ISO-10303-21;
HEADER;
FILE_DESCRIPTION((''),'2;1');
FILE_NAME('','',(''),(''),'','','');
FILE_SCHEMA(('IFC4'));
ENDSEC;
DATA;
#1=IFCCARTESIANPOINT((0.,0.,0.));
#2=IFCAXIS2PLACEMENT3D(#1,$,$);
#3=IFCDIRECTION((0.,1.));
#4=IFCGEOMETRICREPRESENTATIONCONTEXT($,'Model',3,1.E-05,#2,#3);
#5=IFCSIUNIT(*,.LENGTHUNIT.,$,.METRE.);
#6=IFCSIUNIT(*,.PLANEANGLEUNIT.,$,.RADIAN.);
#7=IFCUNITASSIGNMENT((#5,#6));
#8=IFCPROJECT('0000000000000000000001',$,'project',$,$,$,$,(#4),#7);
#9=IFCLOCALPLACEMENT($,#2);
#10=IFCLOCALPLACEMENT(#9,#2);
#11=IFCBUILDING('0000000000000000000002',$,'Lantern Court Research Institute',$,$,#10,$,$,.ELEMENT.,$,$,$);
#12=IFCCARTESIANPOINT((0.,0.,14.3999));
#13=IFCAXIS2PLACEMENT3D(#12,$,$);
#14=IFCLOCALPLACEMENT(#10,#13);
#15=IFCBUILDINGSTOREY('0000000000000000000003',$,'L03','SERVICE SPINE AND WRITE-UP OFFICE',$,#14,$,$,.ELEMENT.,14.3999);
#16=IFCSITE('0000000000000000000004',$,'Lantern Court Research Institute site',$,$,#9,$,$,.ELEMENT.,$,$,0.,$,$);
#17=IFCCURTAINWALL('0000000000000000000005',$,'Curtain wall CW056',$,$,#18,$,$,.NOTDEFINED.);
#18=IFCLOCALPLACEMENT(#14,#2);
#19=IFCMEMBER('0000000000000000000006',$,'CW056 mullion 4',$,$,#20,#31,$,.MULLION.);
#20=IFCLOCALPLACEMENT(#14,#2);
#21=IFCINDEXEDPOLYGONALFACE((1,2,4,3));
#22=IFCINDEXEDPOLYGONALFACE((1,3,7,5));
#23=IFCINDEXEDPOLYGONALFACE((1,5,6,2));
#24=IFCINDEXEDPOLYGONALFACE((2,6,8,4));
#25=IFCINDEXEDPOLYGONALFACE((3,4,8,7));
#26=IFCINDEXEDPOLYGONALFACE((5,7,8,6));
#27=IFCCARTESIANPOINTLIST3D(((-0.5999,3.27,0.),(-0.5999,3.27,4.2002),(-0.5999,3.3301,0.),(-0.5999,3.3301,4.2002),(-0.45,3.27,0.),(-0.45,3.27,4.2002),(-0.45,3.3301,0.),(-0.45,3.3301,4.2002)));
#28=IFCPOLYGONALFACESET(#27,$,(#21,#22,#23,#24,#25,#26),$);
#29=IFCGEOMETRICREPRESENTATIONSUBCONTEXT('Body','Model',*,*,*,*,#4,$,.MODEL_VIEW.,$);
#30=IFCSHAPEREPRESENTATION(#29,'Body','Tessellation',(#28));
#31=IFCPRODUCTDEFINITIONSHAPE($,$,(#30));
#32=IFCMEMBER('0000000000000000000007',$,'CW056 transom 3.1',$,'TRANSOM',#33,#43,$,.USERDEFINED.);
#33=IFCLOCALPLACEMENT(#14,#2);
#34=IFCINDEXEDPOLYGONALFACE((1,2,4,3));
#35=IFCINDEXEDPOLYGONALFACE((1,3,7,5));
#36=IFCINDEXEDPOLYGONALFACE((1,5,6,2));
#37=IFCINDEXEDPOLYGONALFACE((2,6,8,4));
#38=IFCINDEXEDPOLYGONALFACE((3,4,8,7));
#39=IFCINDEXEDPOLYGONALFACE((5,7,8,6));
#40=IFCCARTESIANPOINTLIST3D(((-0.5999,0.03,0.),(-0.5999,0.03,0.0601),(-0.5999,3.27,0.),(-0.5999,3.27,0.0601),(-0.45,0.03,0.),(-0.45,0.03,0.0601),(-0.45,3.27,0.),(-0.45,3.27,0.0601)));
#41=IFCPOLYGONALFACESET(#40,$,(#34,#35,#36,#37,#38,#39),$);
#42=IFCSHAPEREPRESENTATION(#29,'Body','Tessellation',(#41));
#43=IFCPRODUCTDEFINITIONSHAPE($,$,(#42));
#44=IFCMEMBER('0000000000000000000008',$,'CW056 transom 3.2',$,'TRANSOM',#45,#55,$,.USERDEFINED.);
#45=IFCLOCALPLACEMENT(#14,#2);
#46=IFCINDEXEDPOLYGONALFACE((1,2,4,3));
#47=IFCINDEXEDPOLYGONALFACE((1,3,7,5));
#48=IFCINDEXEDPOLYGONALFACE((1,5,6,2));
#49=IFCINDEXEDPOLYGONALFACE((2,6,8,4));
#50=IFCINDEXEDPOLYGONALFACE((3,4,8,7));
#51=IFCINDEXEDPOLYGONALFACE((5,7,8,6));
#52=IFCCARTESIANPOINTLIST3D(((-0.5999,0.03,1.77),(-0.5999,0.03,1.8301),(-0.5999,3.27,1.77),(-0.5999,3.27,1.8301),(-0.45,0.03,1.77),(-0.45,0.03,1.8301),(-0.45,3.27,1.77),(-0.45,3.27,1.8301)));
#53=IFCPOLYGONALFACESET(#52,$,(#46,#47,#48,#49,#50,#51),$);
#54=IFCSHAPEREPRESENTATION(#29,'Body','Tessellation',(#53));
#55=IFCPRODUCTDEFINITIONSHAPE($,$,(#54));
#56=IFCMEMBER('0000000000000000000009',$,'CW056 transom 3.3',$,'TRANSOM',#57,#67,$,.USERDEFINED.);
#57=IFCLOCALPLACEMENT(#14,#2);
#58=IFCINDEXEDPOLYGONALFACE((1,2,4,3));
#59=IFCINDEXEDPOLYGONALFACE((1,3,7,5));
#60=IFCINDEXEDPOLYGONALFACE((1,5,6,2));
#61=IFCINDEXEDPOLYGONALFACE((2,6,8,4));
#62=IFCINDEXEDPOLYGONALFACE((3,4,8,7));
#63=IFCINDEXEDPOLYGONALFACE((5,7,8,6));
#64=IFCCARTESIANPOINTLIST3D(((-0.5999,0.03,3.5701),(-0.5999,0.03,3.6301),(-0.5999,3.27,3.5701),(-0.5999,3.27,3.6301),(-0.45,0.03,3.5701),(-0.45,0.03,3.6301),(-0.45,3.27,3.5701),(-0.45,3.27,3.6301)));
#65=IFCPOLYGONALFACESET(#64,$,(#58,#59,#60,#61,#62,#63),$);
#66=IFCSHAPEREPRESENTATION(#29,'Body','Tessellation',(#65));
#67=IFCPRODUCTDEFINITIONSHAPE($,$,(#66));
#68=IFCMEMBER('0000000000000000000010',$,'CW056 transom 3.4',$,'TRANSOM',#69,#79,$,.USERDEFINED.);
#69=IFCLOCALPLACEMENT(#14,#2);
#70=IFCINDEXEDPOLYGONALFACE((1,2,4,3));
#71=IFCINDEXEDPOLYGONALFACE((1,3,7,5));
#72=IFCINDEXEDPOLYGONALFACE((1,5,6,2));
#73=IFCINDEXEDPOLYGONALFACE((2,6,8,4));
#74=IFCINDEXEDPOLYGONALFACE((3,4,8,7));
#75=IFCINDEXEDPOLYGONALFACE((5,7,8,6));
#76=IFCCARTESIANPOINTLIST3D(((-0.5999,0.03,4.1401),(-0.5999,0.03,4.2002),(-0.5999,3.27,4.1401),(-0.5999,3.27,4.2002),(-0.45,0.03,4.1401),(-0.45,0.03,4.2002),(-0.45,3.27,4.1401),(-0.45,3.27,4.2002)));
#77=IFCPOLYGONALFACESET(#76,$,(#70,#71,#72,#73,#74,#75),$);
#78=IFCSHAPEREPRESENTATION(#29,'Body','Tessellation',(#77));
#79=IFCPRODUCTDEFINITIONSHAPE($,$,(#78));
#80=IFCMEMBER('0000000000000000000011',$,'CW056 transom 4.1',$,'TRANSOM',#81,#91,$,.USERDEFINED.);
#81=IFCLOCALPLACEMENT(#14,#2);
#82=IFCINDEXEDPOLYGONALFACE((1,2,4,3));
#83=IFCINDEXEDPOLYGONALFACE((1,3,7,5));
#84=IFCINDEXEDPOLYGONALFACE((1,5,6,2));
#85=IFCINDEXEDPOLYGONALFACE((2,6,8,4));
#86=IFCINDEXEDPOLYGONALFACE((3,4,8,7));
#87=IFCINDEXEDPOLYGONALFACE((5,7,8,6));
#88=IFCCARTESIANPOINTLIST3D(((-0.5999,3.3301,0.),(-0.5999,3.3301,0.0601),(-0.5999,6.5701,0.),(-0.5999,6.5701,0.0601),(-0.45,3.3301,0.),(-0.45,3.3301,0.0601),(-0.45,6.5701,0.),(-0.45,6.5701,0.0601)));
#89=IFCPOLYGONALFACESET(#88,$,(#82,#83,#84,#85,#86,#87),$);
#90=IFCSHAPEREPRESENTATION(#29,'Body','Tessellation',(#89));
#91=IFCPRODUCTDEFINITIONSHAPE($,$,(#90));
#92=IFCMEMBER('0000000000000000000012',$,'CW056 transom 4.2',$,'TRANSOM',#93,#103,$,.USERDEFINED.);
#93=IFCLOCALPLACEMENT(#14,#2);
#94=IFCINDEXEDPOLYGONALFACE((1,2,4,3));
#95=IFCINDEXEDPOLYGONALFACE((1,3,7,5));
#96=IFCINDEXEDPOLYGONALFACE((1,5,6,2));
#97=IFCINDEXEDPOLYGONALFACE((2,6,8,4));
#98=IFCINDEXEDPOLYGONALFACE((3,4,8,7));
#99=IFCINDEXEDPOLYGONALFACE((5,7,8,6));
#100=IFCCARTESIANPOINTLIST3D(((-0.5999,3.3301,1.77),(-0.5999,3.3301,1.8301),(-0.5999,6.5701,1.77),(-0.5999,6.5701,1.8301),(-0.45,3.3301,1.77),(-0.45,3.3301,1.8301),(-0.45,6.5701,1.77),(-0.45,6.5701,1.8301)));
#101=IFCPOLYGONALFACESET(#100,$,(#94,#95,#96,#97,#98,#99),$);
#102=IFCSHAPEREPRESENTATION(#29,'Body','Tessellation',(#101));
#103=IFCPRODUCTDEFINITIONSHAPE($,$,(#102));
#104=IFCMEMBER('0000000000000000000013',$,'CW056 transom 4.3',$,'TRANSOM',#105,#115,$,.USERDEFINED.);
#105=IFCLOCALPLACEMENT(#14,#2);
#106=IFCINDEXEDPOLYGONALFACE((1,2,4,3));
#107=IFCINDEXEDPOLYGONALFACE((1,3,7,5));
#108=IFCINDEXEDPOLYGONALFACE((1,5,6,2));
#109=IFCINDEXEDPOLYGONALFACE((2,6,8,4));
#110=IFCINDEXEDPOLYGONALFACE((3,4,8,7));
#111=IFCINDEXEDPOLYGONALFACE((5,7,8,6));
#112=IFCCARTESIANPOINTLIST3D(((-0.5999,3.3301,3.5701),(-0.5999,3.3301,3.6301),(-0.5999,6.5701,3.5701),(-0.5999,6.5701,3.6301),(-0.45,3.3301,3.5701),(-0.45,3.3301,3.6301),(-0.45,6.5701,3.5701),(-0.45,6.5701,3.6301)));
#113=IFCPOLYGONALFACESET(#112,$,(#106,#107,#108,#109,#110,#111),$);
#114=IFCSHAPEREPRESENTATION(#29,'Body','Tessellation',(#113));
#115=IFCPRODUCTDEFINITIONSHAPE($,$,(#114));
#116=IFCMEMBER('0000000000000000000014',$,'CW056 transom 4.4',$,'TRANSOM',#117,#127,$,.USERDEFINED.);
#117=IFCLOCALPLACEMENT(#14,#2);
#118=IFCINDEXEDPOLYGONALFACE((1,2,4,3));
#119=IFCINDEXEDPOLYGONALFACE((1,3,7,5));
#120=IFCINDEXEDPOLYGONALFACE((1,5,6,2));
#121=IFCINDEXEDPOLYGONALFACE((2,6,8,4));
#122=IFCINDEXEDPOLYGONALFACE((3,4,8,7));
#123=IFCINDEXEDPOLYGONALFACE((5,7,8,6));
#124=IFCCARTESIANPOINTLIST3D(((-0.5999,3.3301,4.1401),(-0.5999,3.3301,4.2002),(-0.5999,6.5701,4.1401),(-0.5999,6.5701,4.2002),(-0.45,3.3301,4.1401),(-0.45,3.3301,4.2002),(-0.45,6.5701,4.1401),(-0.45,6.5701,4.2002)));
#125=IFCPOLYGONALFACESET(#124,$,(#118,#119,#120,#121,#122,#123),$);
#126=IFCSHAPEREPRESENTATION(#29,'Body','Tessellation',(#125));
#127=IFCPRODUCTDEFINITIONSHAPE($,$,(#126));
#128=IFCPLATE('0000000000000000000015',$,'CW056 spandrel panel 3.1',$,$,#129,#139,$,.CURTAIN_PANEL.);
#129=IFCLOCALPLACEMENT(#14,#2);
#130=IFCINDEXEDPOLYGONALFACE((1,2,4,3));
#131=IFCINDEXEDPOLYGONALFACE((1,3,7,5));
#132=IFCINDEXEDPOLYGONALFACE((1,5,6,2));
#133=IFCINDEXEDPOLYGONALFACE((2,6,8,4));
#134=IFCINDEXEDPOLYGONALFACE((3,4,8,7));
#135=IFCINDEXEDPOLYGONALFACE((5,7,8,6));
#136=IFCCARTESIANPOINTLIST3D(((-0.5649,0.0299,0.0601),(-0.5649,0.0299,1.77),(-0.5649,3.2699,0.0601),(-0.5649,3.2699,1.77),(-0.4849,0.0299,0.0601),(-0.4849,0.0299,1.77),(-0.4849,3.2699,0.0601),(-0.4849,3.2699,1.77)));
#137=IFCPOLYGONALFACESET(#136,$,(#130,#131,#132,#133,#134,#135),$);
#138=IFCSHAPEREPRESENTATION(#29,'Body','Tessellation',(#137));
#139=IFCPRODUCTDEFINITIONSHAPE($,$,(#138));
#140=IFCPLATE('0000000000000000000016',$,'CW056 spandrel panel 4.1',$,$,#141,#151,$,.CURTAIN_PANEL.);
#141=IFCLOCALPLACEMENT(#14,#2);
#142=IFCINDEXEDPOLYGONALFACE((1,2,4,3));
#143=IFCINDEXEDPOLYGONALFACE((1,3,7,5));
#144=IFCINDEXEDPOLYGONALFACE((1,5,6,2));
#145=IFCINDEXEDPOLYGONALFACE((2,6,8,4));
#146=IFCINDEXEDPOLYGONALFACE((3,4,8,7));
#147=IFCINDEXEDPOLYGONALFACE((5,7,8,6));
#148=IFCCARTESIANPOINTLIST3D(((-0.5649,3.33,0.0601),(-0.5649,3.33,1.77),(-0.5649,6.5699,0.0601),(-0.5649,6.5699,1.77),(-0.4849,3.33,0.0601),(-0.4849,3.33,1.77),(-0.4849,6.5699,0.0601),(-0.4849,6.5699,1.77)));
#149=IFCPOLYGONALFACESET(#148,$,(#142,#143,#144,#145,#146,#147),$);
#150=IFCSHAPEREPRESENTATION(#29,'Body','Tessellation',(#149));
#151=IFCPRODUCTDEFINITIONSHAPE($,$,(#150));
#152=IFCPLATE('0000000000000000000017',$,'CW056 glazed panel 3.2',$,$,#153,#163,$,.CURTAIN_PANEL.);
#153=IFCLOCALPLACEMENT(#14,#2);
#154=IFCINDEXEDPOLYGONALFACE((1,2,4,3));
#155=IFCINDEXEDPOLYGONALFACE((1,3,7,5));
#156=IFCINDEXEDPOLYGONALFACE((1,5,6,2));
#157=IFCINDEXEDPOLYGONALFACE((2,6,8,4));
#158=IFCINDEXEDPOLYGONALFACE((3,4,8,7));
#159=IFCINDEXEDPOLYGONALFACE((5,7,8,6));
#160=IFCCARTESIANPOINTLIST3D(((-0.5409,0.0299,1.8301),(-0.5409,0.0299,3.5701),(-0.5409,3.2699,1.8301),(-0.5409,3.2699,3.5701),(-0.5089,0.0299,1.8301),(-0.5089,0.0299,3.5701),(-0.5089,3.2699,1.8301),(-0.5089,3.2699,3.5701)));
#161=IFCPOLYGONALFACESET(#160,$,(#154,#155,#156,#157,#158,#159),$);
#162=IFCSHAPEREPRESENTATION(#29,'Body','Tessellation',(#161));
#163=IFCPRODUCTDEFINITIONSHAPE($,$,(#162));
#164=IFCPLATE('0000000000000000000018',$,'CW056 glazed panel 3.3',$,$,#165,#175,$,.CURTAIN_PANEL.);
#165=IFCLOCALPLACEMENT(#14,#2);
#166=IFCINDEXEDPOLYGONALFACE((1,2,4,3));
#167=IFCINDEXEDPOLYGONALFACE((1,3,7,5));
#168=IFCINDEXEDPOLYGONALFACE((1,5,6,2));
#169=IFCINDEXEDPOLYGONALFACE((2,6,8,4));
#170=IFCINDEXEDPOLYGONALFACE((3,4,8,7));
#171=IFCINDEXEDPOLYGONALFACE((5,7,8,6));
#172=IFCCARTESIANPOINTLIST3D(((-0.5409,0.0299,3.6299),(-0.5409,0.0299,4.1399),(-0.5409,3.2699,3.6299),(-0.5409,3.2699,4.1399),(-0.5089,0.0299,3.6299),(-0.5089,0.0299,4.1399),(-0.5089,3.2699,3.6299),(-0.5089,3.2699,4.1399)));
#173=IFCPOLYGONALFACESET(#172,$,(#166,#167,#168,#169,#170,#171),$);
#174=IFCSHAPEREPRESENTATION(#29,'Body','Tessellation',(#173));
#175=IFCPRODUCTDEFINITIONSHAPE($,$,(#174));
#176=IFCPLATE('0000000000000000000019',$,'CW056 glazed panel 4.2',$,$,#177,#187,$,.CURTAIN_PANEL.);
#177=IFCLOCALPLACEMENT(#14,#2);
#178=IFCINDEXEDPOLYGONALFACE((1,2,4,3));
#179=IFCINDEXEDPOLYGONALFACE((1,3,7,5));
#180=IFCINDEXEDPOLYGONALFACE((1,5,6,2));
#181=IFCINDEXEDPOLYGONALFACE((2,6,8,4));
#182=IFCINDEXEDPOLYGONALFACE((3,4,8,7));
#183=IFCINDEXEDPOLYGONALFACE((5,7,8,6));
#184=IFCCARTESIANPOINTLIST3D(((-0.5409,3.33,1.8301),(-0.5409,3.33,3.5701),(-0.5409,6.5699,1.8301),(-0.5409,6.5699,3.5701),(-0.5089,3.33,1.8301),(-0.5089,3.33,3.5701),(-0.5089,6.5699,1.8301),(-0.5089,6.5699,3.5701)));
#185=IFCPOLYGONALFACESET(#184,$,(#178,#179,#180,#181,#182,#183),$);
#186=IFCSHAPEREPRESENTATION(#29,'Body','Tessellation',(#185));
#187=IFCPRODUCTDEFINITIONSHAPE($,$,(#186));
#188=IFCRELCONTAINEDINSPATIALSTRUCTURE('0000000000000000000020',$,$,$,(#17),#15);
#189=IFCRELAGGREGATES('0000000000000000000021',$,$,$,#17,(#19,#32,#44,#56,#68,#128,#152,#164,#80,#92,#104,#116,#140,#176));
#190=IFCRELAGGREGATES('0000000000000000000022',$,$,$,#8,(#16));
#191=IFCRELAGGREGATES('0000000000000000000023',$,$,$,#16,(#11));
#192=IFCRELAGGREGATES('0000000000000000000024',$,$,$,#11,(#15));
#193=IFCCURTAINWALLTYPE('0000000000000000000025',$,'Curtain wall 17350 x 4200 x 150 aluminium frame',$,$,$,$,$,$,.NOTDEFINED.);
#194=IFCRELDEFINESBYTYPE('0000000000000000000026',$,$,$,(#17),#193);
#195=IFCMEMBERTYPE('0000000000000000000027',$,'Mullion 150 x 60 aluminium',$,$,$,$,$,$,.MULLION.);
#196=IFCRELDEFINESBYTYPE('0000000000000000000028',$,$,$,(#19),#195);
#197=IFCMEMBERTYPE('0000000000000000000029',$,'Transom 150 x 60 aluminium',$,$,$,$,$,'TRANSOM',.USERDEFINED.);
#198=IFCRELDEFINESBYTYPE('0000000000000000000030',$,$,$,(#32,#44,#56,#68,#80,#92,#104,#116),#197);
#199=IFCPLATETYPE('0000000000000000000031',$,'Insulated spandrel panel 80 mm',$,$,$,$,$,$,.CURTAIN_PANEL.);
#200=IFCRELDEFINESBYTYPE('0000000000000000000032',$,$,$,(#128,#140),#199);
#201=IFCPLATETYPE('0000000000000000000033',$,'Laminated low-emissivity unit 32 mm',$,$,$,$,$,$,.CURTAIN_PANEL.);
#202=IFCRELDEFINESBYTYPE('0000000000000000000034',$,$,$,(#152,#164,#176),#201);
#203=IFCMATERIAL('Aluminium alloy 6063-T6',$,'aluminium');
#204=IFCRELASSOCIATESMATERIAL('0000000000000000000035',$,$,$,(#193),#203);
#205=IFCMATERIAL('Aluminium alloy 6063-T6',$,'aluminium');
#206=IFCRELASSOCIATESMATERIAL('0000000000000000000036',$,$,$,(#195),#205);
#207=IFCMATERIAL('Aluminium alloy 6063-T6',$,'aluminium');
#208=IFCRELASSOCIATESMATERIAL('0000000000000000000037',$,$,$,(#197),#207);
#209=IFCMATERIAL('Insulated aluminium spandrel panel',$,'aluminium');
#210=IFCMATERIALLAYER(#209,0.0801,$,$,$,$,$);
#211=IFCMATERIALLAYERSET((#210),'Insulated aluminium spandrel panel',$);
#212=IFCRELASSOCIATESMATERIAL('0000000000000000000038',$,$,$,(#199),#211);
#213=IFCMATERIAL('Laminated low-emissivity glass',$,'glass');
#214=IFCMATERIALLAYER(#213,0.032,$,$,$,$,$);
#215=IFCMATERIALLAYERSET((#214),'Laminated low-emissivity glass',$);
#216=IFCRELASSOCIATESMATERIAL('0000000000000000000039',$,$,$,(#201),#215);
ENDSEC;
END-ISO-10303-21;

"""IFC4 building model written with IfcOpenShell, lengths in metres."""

from ifc_helpers import new_model, si_unit, direction, frame, origin, origin_2d, place, context, subcontext, project, spatial, rectangle, extrude, material, layer, layer_set, material_profile, profile_set, type_object, element, aggregate, save


model = new_model("IFC4")

# Units and contexts
model_context = context("Model", 3, precision=1e-05, world=origin(), true_north=direction((0.0, 1.0)))
body_context = subcontext(model_context, "Body", "Model", "MODEL_VIEW")
ifc_project = project(units=[si_unit("LENGTHUNIT", "METRE"), si_unit("PLANEANGLEUNIT", "RADIAN")], contexts=[model_context])

# Site, building, storey
site_placement = place(None, origin())
site = spatial("IfcSite", under=ifc_project, at=site_placement, Name="Lantern Court Research Institute site", CompositionType="ELEMENT", RefElevation=0.0)
building_placement = place(site_placement, origin())
building = spatial("IfcBuilding", under=site, at=building_placement, Name="Lantern Court Research Institute", CompositionType="ELEMENT")
storey_placement = place(building_placement, frame((0.0, 0.0, 14.3999)))
storey = spatial("IfcBuildingStorey", under=building, at=storey_placement, Name="L03", Description="SERVICE SPINE AND WRITE-UP OFFICE", CompositionType="ELEMENT", Elevation=14.3999)

# Curtain wall, members, plates
ifc_material_1 = material(Name="Aluminium alloy 6063-T6", Category="aluminium")
curtain_wall_type = type_object("IfcCurtainWallType", Name="Curtain wall 17350 x 4200 x 150 aluminium frame", PredefinedType="NOTDEFINED", material=ifc_material_1)
curtain_wall_placement = place(storey_placement, origin())
curtain_wall = element("IfcCurtainWall", 1, at=curtain_wall_placement, inside=storey, type_object=curtain_wall_type, Name="Curtain wall CW056", PredefinedType="NOTDEFINED")
ifc_material_2 = material(Name="Aluminium alloy 6063-T6", Category="aluminium")
ifc_material_profile_1 = material_profile(ifc_material_2, rectangle(XDim=0.1499, YDim=0.0601, at=origin_2d()), Name="Mullion 150 x 60")
ifc_profile_set_1 = profile_set([ifc_material_profile_1], Name="Aluminium alloy 6063-T6")
member_type_1 = type_object("IfcMemberType", Name="Mullion 150 x 60 aluminium", PredefinedType="MULLION", material=ifc_profile_set_1)
member_1_placement = place(storey_placement, frame((-0.5249, 3.3, 0.0), z_axis=(0.0, 0.0, 1.0), x_axis=(-1.0, 0.0, 0.0)))
member_1 = element("IfcMember", 2, at=member_1_placement, type_object=member_type_1, Name="CW056 mullion 4", PredefinedType="MULLION", context=body_context, shape_type="SweptSolid", body=[
    extrude(rectangle(XDim=0.1499, YDim=0.0601, at=origin_2d()), origin(), (0.0, 0.0, 1.0), 4.2002),
])
ifc_material_3 = material(Name="Aluminium alloy 6063-T6", Category="aluminium")
ifc_material_profile_2 = material_profile(ifc_material_3, rectangle(XDim=0.1499, YDim=0.0601, at=origin_2d()), Name="Transom 150 x 60")
ifc_profile_set_2 = profile_set([ifc_material_profile_2], Name="Aluminium alloy 6063-T6")
member_type_2 = type_object("IfcMemberType", Name="Transom 150 x 60 aluminium", ElementType="TRANSOM", PredefinedType="USERDEFINED", material=ifc_profile_set_2)
member_2_placement = place(storey_placement, frame((-0.5249, 0.03, 0.03), z_axis=(0.0, 1.0, 0.0), x_axis=(-1.0, 0.0, 0.0)))
member_2 = element("IfcMember", 3, at=member_2_placement, type_object=member_type_2, Name="CW056 transom 3.1", ObjectType="TRANSOM", PredefinedType="USERDEFINED", context=body_context, shape_type="SweptSolid", body=[
    extrude(rectangle(XDim=0.1499, YDim=0.0601, at=origin_2d()), origin(), (0.0, 0.0, 1.0), 3.24),
])
member_3_placement = place(storey_placement, frame((-0.5249, 0.03, 1.8), z_axis=(0.0, 1.0, 0.0), x_axis=(-1.0, 0.0, 0.0)))
member_3 = element("IfcMember", 4, at=member_3_placement, type_object=member_type_2, Name="CW056 transom 3.2", ObjectType="TRANSOM", PredefinedType="USERDEFINED", context=body_context, shape_type="SweptSolid", body=[
    extrude(rectangle(XDim=0.1499, YDim=0.0601, at=origin_2d()), origin(), (0.0, 0.0, 1.0), 3.24),
])
member_4_placement = place(storey_placement, frame((-0.5249, 0.03, 3.6001), z_axis=(0.0, 1.0, 0.0), x_axis=(-1.0, 0.0, 0.0)))
member_4 = element("IfcMember", 5, at=member_4_placement, type_object=member_type_2, Name="CW056 transom 3.3", ObjectType="TRANSOM", PredefinedType="USERDEFINED", context=body_context, shape_type="SweptSolid", body=[
    extrude(rectangle(XDim=0.1499, YDim=0.0601, at=origin_2d()), origin(), (0.0, 0.0, 1.0), 3.24),
])
member_5_placement = place(storey_placement, frame((-0.5249, 0.03, 4.1702), z_axis=(0.0, 1.0, 0.0), x_axis=(-1.0, 0.0, 0.0)))
member_5 = element("IfcMember", 6, at=member_5_placement, type_object=member_type_2, Name="CW056 transom 3.4", ObjectType="TRANSOM", PredefinedType="USERDEFINED", context=body_context, shape_type="SweptSolid", body=[
    extrude(rectangle(XDim=0.1499, YDim=0.0601, at=origin_2d()), origin(), (0.0, 0.0, 1.0), 3.24),
])
member_6_placement = place(storey_placement, frame((-0.5249, 3.3301, 0.03), z_axis=(0.0, 1.0, 0.0), x_axis=(-1.0, 0.0, 0.0)))
member_6 = element("IfcMember", 7, at=member_6_placement, type_object=member_type_2, Name="CW056 transom 4.1", ObjectType="TRANSOM", PredefinedType="USERDEFINED", context=body_context, shape_type="SweptSolid", body=[
    extrude(rectangle(XDim=0.1499, YDim=0.0601, at=origin_2d()), origin(), (0.0, 0.0, 1.0), 3.24),
])
member_7_placement = place(storey_placement, frame((-0.5249, 3.3301, 1.8), z_axis=(0.0, 1.0, 0.0), x_axis=(-1.0, 0.0, 0.0)))
member_7 = element("IfcMember", 8, at=member_7_placement, type_object=member_type_2, Name="CW056 transom 4.2", ObjectType="TRANSOM", PredefinedType="USERDEFINED", context=body_context, shape_type="SweptSolid", body=[
    extrude(rectangle(XDim=0.1499, YDim=0.0601, at=origin_2d()), origin(), (0.0, 0.0, 1.0), 3.24),
])
member_8_placement = place(storey_placement, frame((-0.5249, 3.3301, 3.6001), z_axis=(0.0, 1.0, 0.0), x_axis=(-1.0, 0.0, 0.0)))
member_8 = element("IfcMember", 9, at=member_8_placement, type_object=member_type_2, Name="CW056 transom 4.3", ObjectType="TRANSOM", PredefinedType="USERDEFINED", context=body_context, shape_type="SweptSolid", body=[
    extrude(rectangle(XDim=0.1499, YDim=0.0601, at=origin_2d()), origin(), (0.0, 0.0, 1.0), 3.24),
])
member_9_placement = place(storey_placement, frame((-0.5249, 3.3301, 4.1702), z_axis=(0.0, 1.0, 0.0), x_axis=(-1.0, 0.0, 0.0)))
member_9 = element("IfcMember", 10, at=member_9_placement, type_object=member_type_2, Name="CW056 transom 4.4", ObjectType="TRANSOM", PredefinedType="USERDEFINED", context=body_context, shape_type="SweptSolid", body=[
    extrude(rectangle(XDim=0.1499, YDim=0.0601, at=origin_2d()), origin(), (0.0, 0.0, 1.0), 3.24),
])
ifc_material_4 = material(Name="Insulated aluminium spandrel panel", Category="aluminium")
ifc_layer_1 = layer(ifc_material_4, 0.0801)
ifc_layer_set_1 = layer_set([ifc_layer_1], Name="Insulated aluminium spandrel panel")
plate_type_1 = type_object("IfcPlateType", Name="Insulated spandrel panel 80 mm", PredefinedType="CURTAIN_PANEL", material=ifc_layer_set_1)
plate_1_placement = place(storey_placement, frame((-0.5249, 1.6499, 0.0601), z_axis=(0.0, 0.0, 1.0), x_axis=(0.0, 1.0, 0.0)))
plate_1 = element("IfcPlate", 11, at=plate_1_placement, type_object=plate_type_1, Name="CW056 spandrel panel 3.1", PredefinedType="CURTAIN_PANEL", context=body_context, shape_type="SweptSolid", body=[
    extrude(rectangle(XDim=3.24, YDim=0.0801, at=origin_2d()), origin(), (0.0, 0.0, 1.0), 1.71),
])
plate_2_placement = place(storey_placement, frame((-0.5249, 4.95, 0.0601), z_axis=(0.0, 0.0, 1.0), x_axis=(0.0, 1.0, 0.0)))
plate_2 = element("IfcPlate", 12, at=plate_2_placement, type_object=plate_type_1, Name="CW056 spandrel panel 4.1", PredefinedType="CURTAIN_PANEL", context=body_context, shape_type="SweptSolid", body=[
    extrude(rectangle(XDim=3.24, YDim=0.0801, at=origin_2d()), origin(), (0.0, 0.0, 1.0), 1.71),
])
ifc_material_5 = material(Name="Laminated low-emissivity glass", Category="glass")
ifc_layer_2 = layer(ifc_material_5, 0.032)
ifc_layer_set_2 = layer_set([ifc_layer_2], Name="Laminated low-emissivity glass")
plate_type_2 = type_object("IfcPlateType", Name="Laminated low-emissivity unit 32 mm", PredefinedType="CURTAIN_PANEL", material=ifc_layer_set_2)
plate_3_placement = place(storey_placement, frame((-0.5249, 1.6499, 1.8301), z_axis=(0.0, 0.0, 1.0), x_axis=(0.0, 1.0, 0.0)))
plate_3 = element("IfcPlate", 13, at=plate_3_placement, type_object=plate_type_2, Name="CW056 glazed panel 3.2", PredefinedType="CURTAIN_PANEL", context=body_context, shape_type="SweptSolid", body=[
    extrude(rectangle(XDim=3.24, YDim=0.032, at=origin_2d()), origin(), (0.0, 0.0, 1.0), 1.74),
])
plate_4_placement = place(storey_placement, frame((-0.5249, 1.6499, 3.6299), z_axis=(0.0, 0.0, 1.0), x_axis=(0.0, 1.0, 0.0)))
plate_4 = element("IfcPlate", 14, at=plate_4_placement, type_object=plate_type_2, Name="CW056 glazed panel 3.3", PredefinedType="CURTAIN_PANEL", context=body_context, shape_type="SweptSolid", body=[
    extrude(rectangle(XDim=3.24, YDim=0.032, at=origin_2d()), origin(), (0.0, 0.0, 1.0), 0.51),
])
plate_5_placement = place(storey_placement, frame((-0.5249, 4.95, 1.8301), z_axis=(0.0, 0.0, 1.0), x_axis=(0.0, 1.0, 0.0)))
plate_5 = element("IfcPlate", 15, at=plate_5_placement, type_object=plate_type_2, Name="CW056 glazed panel 4.2", PredefinedType="CURTAIN_PANEL", context=body_context, shape_type="SweptSolid", body=[
    extrude(rectangle(XDim=3.24, YDim=0.032, at=origin_2d()), origin(), (0.0, 0.0, 1.0), 1.74),
])
aggregate(curtain_wall, [member_1, member_2, member_3, member_4, member_5, plate_1, plate_3, plate_4, member_6, member_7, member_8, member_9, plate_2, plate_5])

save(model, "model.ifc")
